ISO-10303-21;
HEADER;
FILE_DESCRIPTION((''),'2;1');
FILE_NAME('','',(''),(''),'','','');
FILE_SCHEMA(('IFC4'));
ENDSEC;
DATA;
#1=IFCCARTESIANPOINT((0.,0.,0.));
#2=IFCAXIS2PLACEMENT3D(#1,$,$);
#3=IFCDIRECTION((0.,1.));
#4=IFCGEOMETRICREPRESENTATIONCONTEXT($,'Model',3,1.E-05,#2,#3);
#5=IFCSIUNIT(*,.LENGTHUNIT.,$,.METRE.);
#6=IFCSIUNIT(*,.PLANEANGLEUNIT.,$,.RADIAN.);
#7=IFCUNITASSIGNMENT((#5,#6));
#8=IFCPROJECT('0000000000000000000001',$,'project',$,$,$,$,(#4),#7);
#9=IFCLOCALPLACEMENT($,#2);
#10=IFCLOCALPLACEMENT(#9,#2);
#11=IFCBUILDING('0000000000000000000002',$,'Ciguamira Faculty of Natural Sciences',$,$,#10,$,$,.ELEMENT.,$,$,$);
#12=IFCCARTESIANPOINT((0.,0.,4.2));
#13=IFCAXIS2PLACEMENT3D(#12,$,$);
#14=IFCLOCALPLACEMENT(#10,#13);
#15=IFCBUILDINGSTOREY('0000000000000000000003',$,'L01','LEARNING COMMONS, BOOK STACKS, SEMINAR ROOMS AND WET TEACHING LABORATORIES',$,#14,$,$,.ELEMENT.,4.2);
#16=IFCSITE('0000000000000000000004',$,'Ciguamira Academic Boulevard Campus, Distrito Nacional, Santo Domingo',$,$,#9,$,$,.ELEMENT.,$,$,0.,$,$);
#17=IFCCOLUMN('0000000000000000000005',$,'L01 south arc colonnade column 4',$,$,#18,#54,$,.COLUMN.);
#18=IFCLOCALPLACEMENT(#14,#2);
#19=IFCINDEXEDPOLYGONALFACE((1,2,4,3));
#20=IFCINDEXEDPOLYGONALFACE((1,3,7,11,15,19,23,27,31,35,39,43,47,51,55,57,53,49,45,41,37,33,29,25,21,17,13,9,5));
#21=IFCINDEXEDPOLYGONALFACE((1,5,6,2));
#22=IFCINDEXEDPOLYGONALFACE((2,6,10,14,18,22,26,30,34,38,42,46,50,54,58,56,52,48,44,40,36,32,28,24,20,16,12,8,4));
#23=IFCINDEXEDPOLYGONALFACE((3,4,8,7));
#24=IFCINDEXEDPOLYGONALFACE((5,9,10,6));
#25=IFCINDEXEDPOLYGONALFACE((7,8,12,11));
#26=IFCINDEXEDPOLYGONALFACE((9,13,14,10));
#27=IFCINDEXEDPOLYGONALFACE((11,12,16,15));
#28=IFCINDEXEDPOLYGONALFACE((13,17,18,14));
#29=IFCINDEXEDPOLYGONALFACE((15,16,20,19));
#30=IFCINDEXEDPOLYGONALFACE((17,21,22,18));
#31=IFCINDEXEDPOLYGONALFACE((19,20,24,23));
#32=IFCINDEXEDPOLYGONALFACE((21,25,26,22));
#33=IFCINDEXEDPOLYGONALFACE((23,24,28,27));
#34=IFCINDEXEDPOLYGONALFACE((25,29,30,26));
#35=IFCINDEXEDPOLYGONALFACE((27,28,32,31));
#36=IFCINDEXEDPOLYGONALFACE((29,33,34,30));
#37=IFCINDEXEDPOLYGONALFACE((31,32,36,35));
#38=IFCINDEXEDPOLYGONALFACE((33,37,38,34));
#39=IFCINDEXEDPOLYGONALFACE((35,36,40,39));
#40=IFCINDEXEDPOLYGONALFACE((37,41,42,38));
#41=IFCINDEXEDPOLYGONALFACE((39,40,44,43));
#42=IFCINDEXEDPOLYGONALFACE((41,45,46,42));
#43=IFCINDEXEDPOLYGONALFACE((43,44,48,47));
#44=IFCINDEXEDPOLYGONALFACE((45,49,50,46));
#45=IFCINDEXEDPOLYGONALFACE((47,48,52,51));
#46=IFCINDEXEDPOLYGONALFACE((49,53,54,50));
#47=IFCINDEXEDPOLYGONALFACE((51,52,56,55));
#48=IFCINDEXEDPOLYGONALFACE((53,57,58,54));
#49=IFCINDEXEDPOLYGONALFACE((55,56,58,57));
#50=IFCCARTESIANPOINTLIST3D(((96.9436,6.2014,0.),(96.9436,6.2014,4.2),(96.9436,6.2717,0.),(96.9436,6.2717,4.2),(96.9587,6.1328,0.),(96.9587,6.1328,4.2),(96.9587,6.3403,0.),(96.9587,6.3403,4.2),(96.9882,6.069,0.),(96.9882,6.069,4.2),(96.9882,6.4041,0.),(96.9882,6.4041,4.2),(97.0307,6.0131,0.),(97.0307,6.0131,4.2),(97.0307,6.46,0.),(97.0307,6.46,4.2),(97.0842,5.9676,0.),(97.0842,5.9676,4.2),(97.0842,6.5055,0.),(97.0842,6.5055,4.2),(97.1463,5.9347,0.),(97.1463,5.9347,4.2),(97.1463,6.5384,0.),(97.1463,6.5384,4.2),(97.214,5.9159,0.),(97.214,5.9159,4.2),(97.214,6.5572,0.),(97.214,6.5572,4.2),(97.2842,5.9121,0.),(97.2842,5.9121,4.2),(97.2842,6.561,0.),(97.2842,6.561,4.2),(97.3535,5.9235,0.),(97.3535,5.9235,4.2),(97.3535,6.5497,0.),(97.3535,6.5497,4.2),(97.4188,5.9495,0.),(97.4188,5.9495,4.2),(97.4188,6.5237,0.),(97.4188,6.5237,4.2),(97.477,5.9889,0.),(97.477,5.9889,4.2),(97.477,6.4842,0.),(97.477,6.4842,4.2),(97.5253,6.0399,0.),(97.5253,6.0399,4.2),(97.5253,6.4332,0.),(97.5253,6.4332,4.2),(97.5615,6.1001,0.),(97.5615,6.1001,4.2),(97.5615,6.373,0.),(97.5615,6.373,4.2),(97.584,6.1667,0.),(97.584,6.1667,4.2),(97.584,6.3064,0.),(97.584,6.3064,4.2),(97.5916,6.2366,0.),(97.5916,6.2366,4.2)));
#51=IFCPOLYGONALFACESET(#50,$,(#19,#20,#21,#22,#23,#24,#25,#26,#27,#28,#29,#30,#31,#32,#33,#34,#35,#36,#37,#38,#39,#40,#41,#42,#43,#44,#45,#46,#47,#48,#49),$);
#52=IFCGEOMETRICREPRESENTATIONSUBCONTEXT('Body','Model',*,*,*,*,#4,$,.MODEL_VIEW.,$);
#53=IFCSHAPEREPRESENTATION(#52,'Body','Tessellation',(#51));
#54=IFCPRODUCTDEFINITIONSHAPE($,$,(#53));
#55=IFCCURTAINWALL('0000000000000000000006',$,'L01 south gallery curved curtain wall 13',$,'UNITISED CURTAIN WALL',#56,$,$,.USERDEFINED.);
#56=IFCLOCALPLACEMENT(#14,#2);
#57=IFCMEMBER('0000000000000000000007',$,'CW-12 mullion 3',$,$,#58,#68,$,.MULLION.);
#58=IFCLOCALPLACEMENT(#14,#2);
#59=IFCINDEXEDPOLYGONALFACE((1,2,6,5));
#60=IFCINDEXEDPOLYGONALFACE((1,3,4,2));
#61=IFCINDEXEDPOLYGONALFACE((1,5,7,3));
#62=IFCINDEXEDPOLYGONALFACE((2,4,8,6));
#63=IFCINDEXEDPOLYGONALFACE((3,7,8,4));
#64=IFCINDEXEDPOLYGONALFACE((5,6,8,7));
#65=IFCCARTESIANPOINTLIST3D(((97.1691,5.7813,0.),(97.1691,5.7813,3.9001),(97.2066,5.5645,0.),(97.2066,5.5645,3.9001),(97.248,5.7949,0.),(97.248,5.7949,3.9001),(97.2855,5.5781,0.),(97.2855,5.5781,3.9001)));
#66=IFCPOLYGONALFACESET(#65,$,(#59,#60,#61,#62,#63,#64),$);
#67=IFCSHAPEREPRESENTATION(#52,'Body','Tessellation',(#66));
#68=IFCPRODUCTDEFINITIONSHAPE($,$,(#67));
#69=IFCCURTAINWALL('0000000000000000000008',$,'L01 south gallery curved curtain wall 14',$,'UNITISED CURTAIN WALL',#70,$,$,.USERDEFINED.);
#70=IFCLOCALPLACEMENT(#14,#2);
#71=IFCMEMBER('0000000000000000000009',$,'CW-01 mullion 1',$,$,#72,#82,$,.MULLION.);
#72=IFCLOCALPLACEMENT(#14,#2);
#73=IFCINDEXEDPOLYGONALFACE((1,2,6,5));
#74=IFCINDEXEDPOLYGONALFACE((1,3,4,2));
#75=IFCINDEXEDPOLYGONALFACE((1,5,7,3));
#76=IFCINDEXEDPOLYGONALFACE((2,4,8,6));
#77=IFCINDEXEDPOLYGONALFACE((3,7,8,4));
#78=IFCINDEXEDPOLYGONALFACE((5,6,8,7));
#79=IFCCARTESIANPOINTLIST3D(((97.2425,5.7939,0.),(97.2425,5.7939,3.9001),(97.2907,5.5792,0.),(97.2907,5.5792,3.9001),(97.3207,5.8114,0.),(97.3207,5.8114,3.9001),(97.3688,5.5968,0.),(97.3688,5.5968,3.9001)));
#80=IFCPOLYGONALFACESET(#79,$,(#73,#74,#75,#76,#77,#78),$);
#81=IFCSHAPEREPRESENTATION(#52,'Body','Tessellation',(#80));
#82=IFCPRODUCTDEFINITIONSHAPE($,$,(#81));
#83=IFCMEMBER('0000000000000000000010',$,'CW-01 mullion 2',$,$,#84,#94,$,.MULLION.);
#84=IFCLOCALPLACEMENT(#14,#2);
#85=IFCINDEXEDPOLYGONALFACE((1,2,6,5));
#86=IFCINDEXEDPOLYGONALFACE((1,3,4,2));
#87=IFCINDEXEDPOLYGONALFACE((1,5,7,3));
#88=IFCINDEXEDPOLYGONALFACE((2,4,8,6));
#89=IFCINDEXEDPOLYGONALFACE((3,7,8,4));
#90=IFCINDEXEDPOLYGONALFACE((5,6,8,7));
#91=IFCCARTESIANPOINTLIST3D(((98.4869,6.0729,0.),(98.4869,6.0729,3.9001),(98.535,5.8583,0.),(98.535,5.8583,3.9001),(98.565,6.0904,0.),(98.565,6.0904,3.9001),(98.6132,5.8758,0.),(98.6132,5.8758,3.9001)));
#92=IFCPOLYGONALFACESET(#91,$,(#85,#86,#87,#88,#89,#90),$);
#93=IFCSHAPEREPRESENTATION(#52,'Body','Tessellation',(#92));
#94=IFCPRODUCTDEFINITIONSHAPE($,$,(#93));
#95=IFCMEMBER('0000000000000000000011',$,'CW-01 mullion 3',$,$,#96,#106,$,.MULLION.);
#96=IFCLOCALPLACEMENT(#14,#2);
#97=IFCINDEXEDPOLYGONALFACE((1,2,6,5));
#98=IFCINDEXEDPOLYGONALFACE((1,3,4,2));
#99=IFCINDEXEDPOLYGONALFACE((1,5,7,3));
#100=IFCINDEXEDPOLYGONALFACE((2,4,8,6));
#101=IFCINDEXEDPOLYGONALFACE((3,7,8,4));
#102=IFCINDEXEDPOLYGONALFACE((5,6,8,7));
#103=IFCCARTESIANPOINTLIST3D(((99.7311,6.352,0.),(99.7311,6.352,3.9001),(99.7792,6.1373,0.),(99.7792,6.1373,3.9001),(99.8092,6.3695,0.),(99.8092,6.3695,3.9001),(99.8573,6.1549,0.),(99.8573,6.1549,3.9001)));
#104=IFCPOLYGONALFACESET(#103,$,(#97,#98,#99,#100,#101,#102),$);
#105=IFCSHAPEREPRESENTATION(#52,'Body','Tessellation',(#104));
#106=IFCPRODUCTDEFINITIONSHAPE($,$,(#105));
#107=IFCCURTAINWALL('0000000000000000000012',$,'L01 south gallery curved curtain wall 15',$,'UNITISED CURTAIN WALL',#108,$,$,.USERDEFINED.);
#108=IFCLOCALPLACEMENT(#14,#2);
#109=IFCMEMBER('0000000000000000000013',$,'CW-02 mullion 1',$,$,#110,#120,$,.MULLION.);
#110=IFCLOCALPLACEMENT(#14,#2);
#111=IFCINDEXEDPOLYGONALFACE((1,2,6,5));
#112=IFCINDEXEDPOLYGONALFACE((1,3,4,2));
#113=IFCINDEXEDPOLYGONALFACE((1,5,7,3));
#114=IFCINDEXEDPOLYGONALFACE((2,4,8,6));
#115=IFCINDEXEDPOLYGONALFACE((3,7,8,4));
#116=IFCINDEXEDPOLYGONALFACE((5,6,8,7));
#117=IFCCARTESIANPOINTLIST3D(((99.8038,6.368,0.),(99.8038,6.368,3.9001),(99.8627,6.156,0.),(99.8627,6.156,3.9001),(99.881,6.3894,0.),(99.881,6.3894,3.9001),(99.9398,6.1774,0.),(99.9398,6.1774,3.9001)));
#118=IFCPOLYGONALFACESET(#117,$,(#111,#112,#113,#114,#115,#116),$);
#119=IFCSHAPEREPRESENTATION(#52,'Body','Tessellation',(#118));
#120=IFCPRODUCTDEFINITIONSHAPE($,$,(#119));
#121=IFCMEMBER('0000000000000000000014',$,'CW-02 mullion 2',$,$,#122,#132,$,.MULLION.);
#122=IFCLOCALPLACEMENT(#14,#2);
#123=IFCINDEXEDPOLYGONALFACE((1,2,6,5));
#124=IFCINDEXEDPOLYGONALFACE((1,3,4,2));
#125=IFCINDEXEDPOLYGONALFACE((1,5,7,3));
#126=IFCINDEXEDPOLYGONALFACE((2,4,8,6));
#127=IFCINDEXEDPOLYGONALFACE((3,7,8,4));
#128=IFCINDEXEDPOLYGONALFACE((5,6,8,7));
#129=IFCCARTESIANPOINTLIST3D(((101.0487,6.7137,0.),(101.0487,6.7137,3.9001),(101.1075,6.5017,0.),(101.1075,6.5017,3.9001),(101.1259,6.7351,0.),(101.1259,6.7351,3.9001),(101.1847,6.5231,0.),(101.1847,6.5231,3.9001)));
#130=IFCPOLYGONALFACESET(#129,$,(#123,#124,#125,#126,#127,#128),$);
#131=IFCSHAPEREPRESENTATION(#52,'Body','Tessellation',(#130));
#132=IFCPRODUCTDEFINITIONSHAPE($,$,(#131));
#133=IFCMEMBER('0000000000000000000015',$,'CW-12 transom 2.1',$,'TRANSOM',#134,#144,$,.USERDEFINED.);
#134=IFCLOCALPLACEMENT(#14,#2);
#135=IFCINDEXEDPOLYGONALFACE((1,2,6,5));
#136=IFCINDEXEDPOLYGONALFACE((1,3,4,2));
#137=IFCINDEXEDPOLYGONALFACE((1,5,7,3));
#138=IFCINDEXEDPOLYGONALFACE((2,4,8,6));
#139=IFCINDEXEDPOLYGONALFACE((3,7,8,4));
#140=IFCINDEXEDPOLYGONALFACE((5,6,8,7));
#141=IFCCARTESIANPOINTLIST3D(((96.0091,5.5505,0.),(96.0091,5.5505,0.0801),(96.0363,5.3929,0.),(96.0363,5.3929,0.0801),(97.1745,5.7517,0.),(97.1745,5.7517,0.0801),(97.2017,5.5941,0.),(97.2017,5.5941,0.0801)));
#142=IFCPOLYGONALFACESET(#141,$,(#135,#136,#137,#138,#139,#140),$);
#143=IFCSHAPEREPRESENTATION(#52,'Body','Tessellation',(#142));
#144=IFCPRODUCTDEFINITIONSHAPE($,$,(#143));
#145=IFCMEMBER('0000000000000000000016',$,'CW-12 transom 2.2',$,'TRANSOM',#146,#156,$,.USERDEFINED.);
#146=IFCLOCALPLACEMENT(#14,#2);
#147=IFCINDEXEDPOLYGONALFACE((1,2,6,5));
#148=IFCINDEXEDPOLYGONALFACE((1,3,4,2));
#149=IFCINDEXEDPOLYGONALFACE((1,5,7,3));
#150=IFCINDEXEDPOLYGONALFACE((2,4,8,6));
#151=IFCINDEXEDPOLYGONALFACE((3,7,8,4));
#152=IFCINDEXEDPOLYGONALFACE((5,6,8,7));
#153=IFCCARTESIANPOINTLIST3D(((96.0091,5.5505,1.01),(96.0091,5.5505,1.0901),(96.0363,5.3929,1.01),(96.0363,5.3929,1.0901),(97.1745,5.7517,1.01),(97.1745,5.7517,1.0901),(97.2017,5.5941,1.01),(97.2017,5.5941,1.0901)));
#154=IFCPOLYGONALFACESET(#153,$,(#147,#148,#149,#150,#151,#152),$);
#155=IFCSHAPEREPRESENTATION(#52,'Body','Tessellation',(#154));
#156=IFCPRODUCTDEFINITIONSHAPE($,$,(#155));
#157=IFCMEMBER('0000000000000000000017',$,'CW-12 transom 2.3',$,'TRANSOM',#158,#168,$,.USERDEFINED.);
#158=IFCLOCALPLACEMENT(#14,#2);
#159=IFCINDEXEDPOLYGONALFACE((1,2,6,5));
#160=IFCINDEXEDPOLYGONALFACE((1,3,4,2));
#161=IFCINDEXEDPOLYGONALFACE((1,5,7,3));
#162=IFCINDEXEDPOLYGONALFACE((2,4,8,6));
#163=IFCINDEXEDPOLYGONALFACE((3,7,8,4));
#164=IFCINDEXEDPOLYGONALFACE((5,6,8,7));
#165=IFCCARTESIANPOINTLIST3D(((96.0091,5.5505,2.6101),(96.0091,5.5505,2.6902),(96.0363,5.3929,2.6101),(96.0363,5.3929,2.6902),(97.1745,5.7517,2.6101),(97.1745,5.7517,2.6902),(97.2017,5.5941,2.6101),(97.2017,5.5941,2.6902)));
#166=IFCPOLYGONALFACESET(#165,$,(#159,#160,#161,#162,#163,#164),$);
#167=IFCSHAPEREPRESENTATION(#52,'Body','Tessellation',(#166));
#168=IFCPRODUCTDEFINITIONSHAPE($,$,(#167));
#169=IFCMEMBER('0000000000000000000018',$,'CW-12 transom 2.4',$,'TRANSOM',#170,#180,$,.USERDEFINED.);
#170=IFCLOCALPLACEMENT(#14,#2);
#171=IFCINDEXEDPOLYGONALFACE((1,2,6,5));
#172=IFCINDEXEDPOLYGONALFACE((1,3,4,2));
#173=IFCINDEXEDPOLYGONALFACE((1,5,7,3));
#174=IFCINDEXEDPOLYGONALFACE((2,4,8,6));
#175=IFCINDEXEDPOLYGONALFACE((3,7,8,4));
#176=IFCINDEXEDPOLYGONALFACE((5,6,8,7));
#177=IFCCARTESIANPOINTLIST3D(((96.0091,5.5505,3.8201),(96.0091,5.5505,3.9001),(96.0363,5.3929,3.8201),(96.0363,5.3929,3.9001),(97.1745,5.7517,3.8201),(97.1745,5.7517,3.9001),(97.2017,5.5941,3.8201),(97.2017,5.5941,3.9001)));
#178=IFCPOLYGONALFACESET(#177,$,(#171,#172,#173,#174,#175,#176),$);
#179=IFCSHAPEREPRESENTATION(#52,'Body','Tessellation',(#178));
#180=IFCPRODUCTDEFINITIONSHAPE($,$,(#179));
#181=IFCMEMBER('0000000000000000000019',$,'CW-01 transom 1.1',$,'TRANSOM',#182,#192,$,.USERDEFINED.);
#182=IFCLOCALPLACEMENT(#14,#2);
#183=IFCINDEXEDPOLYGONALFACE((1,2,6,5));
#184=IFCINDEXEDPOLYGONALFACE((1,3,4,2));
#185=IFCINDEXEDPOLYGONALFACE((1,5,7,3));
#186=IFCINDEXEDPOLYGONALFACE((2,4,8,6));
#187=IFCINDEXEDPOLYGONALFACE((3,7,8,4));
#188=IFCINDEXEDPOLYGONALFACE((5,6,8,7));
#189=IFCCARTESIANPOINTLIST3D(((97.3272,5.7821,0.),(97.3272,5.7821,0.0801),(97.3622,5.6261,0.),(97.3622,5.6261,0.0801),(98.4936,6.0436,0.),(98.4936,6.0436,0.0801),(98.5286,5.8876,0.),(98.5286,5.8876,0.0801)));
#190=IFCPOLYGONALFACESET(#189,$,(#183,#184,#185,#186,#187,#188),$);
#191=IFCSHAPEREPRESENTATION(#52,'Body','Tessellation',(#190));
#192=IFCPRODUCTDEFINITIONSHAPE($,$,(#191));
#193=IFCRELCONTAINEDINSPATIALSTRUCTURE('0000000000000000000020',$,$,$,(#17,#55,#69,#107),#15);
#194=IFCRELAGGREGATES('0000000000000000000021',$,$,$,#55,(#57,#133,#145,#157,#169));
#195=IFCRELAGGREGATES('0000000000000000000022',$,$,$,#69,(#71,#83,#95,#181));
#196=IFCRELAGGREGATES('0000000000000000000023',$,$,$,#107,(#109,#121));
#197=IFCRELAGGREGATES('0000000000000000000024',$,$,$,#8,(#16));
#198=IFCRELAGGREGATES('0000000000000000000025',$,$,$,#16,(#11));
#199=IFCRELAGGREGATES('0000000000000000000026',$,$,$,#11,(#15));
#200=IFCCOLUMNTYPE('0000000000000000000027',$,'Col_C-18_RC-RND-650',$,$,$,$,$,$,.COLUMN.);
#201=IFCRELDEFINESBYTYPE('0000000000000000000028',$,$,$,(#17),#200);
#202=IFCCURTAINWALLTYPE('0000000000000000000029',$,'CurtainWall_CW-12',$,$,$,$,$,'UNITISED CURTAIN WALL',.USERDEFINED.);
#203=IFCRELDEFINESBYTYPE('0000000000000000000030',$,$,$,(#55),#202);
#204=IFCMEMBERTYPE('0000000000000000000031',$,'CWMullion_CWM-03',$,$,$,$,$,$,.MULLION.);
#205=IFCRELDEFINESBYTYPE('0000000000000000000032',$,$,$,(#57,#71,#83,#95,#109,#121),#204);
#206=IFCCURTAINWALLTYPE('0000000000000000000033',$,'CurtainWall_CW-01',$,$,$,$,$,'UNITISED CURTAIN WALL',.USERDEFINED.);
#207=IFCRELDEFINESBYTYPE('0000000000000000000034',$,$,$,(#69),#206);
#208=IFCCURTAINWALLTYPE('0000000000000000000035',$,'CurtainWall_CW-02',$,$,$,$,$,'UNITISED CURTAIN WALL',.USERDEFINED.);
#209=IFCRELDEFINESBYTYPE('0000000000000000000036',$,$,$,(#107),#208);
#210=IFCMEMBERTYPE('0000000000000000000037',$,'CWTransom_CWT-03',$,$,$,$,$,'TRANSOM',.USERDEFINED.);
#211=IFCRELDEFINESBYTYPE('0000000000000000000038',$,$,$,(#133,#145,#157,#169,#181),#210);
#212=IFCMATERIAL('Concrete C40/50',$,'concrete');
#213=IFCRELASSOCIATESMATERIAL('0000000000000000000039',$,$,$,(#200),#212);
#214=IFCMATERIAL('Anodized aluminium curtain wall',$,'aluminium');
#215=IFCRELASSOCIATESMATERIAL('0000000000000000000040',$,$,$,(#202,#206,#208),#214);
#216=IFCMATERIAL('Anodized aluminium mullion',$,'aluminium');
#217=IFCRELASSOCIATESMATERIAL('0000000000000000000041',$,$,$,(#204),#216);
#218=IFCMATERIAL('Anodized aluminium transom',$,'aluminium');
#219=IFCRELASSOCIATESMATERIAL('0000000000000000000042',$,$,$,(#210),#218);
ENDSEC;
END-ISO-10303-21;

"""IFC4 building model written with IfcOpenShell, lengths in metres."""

from ifc_helpers import new_model, si_unit, direction, frame, origin, origin_2d, place, context, subcontext, project, spatial, rectangle, circle, extrude, material, material_profile, profile_set, type_object, element, aggregate, save


model = new_model("IFC4")

# Units and contexts
model_context = context("Model", 3, precision=1e-05, world=origin(), true_north=direction((0.0, 1.0)))
body_context = subcontext(model_context, "Body", "Model", "MODEL_VIEW")
ifc_project = project(units=[si_unit("LENGTHUNIT", "METRE"), si_unit("PLANEANGLEUNIT", "RADIAN")], contexts=[model_context])

# Site, building, storey
site_placement = place(None, origin())
site = spatial("IfcSite", under=ifc_project, at=site_placement, Name="Ciguamira Academic Boulevard Campus, Distrito Nacional, Santo Domingo", CompositionType="ELEMENT", RefElevation=0.0)
building_placement = place(site_placement, origin())
building = spatial("IfcBuilding", under=site, at=building_placement, Name="Ciguamira Faculty of Natural Sciences", CompositionType="ELEMENT")
storey_placement = place(building_placement, frame((0.0, 0.0, 4.2)))
storey = spatial("IfcBuildingStorey", under=building, at=storey_placement, Name="L01", Description="LEARNING COMMONS, BOOK STACKS, SEMINAR ROOMS AND WET TEACHING LABORATORIES", CompositionType="ELEMENT", Elevation=4.2)

# Column
ifc_material_1 = material(Name="Concrete C40/50", Category="concrete")
ifc_material_profile_1 = material_profile(ifc_material_1, circle(Radius=0.325, at=origin_2d()), Name="RC-RND-650")
ifc_profile_set_1 = profile_set([ifc_material_profile_1], Name="Concrete C40/50")
column_type = type_object("IfcColumnType", Name="Col_C-18_RC-RND-650", PredefinedType="COLUMN", material=ifc_profile_set_1)
column_placement = place(storey_placement, frame((97.2666, 6.2366, 0.0), z_axis=(0.0, 0.0, 1.0), x_axis=(1.0, 0.0, 0.0)))
element("IfcColumn", 1, at=column_placement, inside=storey, type_object=column_type, Name="L01 south arc colonnade column 4", PredefinedType="COLUMN", context=body_context, shape_type="SweptSolid", body=[
    extrude(circle(Radius=0.325, at=origin_2d()), origin(), (0.0, 0.0, 1.0), 4.2),
])

# Curtain wall, member
ifc_material_2 = material(Name="Anodized aluminium curtain wall", Category="aluminium")
curtain_wall_type_1 = type_object("IfcCurtainWallType", Name="CurtainWall_CW-12", ElementType="UNITISED CURTAIN WALL", PredefinedType="USERDEFINED", material=ifc_material_2)
curtain_wall_1_placement = place(storey_placement, origin())
curtain_wall_1 = element("IfcCurtainWall", 2, at=curtain_wall_1_placement, inside=storey, type_object=curtain_wall_type_1, Name="L01 south gallery curved curtain wall 13", ObjectType="UNITISED CURTAIN WALL", PredefinedType="USERDEFINED")
ifc_material_3 = material(Name="Anodized aluminium mullion", Category="aluminium")
ifc_material_profile_2 = material_profile(ifc_material_3, rectangle(XDim=0.0801, YDim=0.22, at=origin_2d()), Name="ALU-MUL-80X220")
ifc_profile_set_2 = profile_set([ifc_material_profile_2], Name="Anodized aluminium mullion")
member_type_1 = type_object("IfcMemberType", Name="CWMullion_CWM-03", PredefinedType="MULLION", material=ifc_profile_set_2)
member_1_placement = place(storey_placement, frame((97.2273, 5.6797, 0.0), z_axis=(0.0, 0.0, 1.0), x_axis=(0.985411, 0.170192, 0.0)))
member_1 = element("IfcMember", 3, at=member_1_placement, type_object=member_type_1, Name="CW-12 mullion 3", PredefinedType="MULLION", context=body_context, shape_type="SweptSolid", body=[
    extrude(rectangle(XDim=0.0801, YDim=0.22, at=origin_2d()), origin(), (0.0, 0.0, 1.0), 3.9001),
])

# Curtain walls, members
curtain_wall_type_2 = type_object("IfcCurtainWallType", Name="CurtainWall_CW-01", ElementType="UNITISED CURTAIN WALL", PredefinedType="USERDEFINED", material=ifc_material_2)
curtain_wall_2_placement = place(storey_placement, origin())
curtain_wall_2 = element("IfcCurtainWall", 4, at=curtain_wall_2_placement, inside=storey, type_object=curtain_wall_type_2, Name="L01 south gallery curved curtain wall 14", ObjectType="UNITISED CURTAIN WALL", PredefinedType="USERDEFINED")
member_2_placement = place(storey_placement, frame((97.3057, 5.6953, 0.0), z_axis=(0.0, 0.0, 1.0), x_axis=(0.975763, 0.21883, 0.0)))
member_2 = element("IfcMember", 5, at=member_2_placement, type_object=member_type_1, Name="CW-01 mullion 1", PredefinedType="MULLION", context=body_context, shape_type="SweptSolid", body=[
    extrude(rectangle(XDim=0.0801, YDim=0.22, at=origin_2d()), origin(), (0.0, 0.0, 1.0), 3.9001),
])
member_3_placement = place(storey_placement, frame((98.55, 5.9744, 0.0), z_axis=(0.0, 0.0, 1.0), x_axis=(0.975763, 0.21883, 0.0)))
member_3 = element("IfcMember", 6, at=member_3_placement, type_object=member_type_1, Name="CW-01 mullion 2", PredefinedType="MULLION", context=body_context, shape_type="SweptSolid", body=[
    extrude(rectangle(XDim=0.0801, YDim=0.22, at=origin_2d()), origin(), (0.0, 0.0, 1.0), 3.9001),
])
member_4_placement = place(storey_placement, frame((99.7942, 6.2534, 0.0), z_axis=(0.0, 0.0, 1.0), x_axis=(0.975763, 0.21883, 0.0)))
member_4 = element("IfcMember", 7, at=member_4_placement, type_object=member_type_1, Name="CW-01 mullion 3", PredefinedType="MULLION", context=body_context, shape_type="SweptSolid", body=[
    extrude(rectangle(XDim=0.0801, YDim=0.22, at=origin_2d()), origin(), (0.0, 0.0, 1.0), 3.9001),
])
curtain_wall_type_3 = type_object("IfcCurtainWallType", Name="CurtainWall_CW-02", ElementType="UNITISED CURTAIN WALL", PredefinedType="USERDEFINED", material=ifc_material_2)
curtain_wall_3_placement = place(storey_placement, origin())
curtain_wall_3 = element("IfcCurtainWall", 8, at=curtain_wall_3_placement, inside=storey, type_object=curtain_wall_type_3, Name="L01 south gallery curved curtain wall 15", ObjectType="UNITISED CURTAIN WALL", PredefinedType="USERDEFINED")
member_5_placement = place(storey_placement, frame((99.8718, 6.2727, 0.0), z_axis=(0.0, 0.0, 1.0), x_axis=(0.963573, 0.267444, 0.0)))
member_5 = element("IfcMember", 9, at=member_5_placement, type_object=member_type_1, Name="CW-02 mullion 1", PredefinedType="MULLION", context=body_context, shape_type="SweptSolid", body=[
    extrude(rectangle(XDim=0.0801, YDim=0.22, at=origin_2d()), origin(), (0.0, 0.0, 1.0), 3.9001),
])
member_6_placement = place(storey_placement, frame((101.1167, 6.6184, 0.0), z_axis=(0.0, 0.0, 1.0), x_axis=(0.963573, 0.267444, 0.0)))
member_6 = element("IfcMember", 10, at=member_6_placement, type_object=member_type_1, Name="CW-02 mullion 2", PredefinedType="MULLION", context=body_context, shape_type="SweptSolid", body=[
    extrude(rectangle(XDim=0.0801, YDim=0.22, at=origin_2d()), origin(), (0.0, 0.0, 1.0), 3.9001),
])

# Members
ifc_material_4 = material(Name="Anodized aluminium transom", Category="aluminium")
ifc_material_profile_3 = material_profile(ifc_material_4, rectangle(XDim=0.0801, YDim=0.1599, at=origin_2d()), Name="ALU-TRN-80X160")
ifc_profile_set_3 = profile_set([ifc_material_profile_3], Name="Anodized aluminium transom")
member_type_2 = type_object("IfcMemberType", Name="CWTransom_CWT-03", ElementType="TRANSOM", PredefinedType="USERDEFINED", material=ifc_profile_set_3)
member_7_placement = place(storey_placement, frame((96.0227, 5.4717, 0.04), z_axis=(0.985423, 0.170121, 0.0), x_axis=(0.0, 0.0, 1.0)))
member_7 = element("IfcMember", 11, at=member_7_placement, type_object=member_type_2, Name="CW-12 transom 2.1", ObjectType="TRANSOM", PredefinedType="USERDEFINED", context=body_context, shape_type="SweptSolid", body=[
    extrude(rectangle(XDim=0.0801, YDim=0.1599, at=origin_2d()), origin(), (0.0, 0.0, 1.0), 1.1826),
])
member_8_placement = place(storey_placement, frame((96.0227, 5.4717, 1.05), z_axis=(0.985423, 0.170121, 0.0), x_axis=(0.0, 0.0, 1.0)))
member_8 = element("IfcMember", 12, at=member_8_placement, type_object=member_type_2, Name="CW-12 transom 2.2", ObjectType="TRANSOM", PredefinedType="USERDEFINED", context=body_context, shape_type="SweptSolid", body=[
    extrude(rectangle(XDim=0.0801, YDim=0.1599, at=origin_2d()), origin(), (0.0, 0.0, 1.0), 1.1826),
])
member_9_placement = place(storey_placement, frame((96.0227, 5.4717, 2.6501), z_axis=(0.985423, 0.170121, 0.0), x_axis=(0.0, 0.0, 1.0)))
member_9 = element("IfcMember", 13, at=member_9_placement, type_object=member_type_2, Name="CW-12 transom 2.3", ObjectType="TRANSOM", PredefinedType="USERDEFINED", context=body_context, shape_type="SweptSolid", body=[
    extrude(rectangle(XDim=0.0801, YDim=0.1599, at=origin_2d()), origin(), (0.0, 0.0, 1.0), 1.1826),
])
member_10_placement = place(storey_placement, frame((96.0227, 5.4717, 3.8601), z_axis=(0.985423, 0.170121, 0.0), x_axis=(0.0, 0.0, 1.0)))
member_10 = element("IfcMember", 14, at=member_10_placement, type_object=member_type_2, Name="CW-12 transom 2.4", ObjectType="TRANSOM", PredefinedType="USERDEFINED", context=body_context, shape_type="SweptSolid", body=[
    extrude(rectangle(XDim=0.0801, YDim=0.1599, at=origin_2d()), origin(), (0.0, 0.0, 1.0), 1.1826),
])
member_11_placement = place(storey_placement, frame((97.3447, 5.7041, 0.04), z_axis=(0.975777, 0.218768, 0.0), x_axis=(0.0, 0.0, 1.0)))
member_11 = element("IfcMember", 15, at=member_11_placement, type_object=member_type_2, Name="CW-01 transom 1.1", ObjectType="TRANSOM", PredefinedType="USERDEFINED", context=body_context, shape_type="SweptSolid", body=[
    extrude(rectangle(XDim=0.0801, YDim=0.1599, at=origin_2d()), origin(), (0.0, 0.0, 1.0), 1.1953),
])

aggregate(curtain_wall_1, [member_1, member_7, member_8, member_9, member_10])
aggregate(curtain_wall_2, [member_2, member_3, member_4, member_11])
aggregate(curtain_wall_3, [member_5, member_6])

save(model, "model.ifc")
